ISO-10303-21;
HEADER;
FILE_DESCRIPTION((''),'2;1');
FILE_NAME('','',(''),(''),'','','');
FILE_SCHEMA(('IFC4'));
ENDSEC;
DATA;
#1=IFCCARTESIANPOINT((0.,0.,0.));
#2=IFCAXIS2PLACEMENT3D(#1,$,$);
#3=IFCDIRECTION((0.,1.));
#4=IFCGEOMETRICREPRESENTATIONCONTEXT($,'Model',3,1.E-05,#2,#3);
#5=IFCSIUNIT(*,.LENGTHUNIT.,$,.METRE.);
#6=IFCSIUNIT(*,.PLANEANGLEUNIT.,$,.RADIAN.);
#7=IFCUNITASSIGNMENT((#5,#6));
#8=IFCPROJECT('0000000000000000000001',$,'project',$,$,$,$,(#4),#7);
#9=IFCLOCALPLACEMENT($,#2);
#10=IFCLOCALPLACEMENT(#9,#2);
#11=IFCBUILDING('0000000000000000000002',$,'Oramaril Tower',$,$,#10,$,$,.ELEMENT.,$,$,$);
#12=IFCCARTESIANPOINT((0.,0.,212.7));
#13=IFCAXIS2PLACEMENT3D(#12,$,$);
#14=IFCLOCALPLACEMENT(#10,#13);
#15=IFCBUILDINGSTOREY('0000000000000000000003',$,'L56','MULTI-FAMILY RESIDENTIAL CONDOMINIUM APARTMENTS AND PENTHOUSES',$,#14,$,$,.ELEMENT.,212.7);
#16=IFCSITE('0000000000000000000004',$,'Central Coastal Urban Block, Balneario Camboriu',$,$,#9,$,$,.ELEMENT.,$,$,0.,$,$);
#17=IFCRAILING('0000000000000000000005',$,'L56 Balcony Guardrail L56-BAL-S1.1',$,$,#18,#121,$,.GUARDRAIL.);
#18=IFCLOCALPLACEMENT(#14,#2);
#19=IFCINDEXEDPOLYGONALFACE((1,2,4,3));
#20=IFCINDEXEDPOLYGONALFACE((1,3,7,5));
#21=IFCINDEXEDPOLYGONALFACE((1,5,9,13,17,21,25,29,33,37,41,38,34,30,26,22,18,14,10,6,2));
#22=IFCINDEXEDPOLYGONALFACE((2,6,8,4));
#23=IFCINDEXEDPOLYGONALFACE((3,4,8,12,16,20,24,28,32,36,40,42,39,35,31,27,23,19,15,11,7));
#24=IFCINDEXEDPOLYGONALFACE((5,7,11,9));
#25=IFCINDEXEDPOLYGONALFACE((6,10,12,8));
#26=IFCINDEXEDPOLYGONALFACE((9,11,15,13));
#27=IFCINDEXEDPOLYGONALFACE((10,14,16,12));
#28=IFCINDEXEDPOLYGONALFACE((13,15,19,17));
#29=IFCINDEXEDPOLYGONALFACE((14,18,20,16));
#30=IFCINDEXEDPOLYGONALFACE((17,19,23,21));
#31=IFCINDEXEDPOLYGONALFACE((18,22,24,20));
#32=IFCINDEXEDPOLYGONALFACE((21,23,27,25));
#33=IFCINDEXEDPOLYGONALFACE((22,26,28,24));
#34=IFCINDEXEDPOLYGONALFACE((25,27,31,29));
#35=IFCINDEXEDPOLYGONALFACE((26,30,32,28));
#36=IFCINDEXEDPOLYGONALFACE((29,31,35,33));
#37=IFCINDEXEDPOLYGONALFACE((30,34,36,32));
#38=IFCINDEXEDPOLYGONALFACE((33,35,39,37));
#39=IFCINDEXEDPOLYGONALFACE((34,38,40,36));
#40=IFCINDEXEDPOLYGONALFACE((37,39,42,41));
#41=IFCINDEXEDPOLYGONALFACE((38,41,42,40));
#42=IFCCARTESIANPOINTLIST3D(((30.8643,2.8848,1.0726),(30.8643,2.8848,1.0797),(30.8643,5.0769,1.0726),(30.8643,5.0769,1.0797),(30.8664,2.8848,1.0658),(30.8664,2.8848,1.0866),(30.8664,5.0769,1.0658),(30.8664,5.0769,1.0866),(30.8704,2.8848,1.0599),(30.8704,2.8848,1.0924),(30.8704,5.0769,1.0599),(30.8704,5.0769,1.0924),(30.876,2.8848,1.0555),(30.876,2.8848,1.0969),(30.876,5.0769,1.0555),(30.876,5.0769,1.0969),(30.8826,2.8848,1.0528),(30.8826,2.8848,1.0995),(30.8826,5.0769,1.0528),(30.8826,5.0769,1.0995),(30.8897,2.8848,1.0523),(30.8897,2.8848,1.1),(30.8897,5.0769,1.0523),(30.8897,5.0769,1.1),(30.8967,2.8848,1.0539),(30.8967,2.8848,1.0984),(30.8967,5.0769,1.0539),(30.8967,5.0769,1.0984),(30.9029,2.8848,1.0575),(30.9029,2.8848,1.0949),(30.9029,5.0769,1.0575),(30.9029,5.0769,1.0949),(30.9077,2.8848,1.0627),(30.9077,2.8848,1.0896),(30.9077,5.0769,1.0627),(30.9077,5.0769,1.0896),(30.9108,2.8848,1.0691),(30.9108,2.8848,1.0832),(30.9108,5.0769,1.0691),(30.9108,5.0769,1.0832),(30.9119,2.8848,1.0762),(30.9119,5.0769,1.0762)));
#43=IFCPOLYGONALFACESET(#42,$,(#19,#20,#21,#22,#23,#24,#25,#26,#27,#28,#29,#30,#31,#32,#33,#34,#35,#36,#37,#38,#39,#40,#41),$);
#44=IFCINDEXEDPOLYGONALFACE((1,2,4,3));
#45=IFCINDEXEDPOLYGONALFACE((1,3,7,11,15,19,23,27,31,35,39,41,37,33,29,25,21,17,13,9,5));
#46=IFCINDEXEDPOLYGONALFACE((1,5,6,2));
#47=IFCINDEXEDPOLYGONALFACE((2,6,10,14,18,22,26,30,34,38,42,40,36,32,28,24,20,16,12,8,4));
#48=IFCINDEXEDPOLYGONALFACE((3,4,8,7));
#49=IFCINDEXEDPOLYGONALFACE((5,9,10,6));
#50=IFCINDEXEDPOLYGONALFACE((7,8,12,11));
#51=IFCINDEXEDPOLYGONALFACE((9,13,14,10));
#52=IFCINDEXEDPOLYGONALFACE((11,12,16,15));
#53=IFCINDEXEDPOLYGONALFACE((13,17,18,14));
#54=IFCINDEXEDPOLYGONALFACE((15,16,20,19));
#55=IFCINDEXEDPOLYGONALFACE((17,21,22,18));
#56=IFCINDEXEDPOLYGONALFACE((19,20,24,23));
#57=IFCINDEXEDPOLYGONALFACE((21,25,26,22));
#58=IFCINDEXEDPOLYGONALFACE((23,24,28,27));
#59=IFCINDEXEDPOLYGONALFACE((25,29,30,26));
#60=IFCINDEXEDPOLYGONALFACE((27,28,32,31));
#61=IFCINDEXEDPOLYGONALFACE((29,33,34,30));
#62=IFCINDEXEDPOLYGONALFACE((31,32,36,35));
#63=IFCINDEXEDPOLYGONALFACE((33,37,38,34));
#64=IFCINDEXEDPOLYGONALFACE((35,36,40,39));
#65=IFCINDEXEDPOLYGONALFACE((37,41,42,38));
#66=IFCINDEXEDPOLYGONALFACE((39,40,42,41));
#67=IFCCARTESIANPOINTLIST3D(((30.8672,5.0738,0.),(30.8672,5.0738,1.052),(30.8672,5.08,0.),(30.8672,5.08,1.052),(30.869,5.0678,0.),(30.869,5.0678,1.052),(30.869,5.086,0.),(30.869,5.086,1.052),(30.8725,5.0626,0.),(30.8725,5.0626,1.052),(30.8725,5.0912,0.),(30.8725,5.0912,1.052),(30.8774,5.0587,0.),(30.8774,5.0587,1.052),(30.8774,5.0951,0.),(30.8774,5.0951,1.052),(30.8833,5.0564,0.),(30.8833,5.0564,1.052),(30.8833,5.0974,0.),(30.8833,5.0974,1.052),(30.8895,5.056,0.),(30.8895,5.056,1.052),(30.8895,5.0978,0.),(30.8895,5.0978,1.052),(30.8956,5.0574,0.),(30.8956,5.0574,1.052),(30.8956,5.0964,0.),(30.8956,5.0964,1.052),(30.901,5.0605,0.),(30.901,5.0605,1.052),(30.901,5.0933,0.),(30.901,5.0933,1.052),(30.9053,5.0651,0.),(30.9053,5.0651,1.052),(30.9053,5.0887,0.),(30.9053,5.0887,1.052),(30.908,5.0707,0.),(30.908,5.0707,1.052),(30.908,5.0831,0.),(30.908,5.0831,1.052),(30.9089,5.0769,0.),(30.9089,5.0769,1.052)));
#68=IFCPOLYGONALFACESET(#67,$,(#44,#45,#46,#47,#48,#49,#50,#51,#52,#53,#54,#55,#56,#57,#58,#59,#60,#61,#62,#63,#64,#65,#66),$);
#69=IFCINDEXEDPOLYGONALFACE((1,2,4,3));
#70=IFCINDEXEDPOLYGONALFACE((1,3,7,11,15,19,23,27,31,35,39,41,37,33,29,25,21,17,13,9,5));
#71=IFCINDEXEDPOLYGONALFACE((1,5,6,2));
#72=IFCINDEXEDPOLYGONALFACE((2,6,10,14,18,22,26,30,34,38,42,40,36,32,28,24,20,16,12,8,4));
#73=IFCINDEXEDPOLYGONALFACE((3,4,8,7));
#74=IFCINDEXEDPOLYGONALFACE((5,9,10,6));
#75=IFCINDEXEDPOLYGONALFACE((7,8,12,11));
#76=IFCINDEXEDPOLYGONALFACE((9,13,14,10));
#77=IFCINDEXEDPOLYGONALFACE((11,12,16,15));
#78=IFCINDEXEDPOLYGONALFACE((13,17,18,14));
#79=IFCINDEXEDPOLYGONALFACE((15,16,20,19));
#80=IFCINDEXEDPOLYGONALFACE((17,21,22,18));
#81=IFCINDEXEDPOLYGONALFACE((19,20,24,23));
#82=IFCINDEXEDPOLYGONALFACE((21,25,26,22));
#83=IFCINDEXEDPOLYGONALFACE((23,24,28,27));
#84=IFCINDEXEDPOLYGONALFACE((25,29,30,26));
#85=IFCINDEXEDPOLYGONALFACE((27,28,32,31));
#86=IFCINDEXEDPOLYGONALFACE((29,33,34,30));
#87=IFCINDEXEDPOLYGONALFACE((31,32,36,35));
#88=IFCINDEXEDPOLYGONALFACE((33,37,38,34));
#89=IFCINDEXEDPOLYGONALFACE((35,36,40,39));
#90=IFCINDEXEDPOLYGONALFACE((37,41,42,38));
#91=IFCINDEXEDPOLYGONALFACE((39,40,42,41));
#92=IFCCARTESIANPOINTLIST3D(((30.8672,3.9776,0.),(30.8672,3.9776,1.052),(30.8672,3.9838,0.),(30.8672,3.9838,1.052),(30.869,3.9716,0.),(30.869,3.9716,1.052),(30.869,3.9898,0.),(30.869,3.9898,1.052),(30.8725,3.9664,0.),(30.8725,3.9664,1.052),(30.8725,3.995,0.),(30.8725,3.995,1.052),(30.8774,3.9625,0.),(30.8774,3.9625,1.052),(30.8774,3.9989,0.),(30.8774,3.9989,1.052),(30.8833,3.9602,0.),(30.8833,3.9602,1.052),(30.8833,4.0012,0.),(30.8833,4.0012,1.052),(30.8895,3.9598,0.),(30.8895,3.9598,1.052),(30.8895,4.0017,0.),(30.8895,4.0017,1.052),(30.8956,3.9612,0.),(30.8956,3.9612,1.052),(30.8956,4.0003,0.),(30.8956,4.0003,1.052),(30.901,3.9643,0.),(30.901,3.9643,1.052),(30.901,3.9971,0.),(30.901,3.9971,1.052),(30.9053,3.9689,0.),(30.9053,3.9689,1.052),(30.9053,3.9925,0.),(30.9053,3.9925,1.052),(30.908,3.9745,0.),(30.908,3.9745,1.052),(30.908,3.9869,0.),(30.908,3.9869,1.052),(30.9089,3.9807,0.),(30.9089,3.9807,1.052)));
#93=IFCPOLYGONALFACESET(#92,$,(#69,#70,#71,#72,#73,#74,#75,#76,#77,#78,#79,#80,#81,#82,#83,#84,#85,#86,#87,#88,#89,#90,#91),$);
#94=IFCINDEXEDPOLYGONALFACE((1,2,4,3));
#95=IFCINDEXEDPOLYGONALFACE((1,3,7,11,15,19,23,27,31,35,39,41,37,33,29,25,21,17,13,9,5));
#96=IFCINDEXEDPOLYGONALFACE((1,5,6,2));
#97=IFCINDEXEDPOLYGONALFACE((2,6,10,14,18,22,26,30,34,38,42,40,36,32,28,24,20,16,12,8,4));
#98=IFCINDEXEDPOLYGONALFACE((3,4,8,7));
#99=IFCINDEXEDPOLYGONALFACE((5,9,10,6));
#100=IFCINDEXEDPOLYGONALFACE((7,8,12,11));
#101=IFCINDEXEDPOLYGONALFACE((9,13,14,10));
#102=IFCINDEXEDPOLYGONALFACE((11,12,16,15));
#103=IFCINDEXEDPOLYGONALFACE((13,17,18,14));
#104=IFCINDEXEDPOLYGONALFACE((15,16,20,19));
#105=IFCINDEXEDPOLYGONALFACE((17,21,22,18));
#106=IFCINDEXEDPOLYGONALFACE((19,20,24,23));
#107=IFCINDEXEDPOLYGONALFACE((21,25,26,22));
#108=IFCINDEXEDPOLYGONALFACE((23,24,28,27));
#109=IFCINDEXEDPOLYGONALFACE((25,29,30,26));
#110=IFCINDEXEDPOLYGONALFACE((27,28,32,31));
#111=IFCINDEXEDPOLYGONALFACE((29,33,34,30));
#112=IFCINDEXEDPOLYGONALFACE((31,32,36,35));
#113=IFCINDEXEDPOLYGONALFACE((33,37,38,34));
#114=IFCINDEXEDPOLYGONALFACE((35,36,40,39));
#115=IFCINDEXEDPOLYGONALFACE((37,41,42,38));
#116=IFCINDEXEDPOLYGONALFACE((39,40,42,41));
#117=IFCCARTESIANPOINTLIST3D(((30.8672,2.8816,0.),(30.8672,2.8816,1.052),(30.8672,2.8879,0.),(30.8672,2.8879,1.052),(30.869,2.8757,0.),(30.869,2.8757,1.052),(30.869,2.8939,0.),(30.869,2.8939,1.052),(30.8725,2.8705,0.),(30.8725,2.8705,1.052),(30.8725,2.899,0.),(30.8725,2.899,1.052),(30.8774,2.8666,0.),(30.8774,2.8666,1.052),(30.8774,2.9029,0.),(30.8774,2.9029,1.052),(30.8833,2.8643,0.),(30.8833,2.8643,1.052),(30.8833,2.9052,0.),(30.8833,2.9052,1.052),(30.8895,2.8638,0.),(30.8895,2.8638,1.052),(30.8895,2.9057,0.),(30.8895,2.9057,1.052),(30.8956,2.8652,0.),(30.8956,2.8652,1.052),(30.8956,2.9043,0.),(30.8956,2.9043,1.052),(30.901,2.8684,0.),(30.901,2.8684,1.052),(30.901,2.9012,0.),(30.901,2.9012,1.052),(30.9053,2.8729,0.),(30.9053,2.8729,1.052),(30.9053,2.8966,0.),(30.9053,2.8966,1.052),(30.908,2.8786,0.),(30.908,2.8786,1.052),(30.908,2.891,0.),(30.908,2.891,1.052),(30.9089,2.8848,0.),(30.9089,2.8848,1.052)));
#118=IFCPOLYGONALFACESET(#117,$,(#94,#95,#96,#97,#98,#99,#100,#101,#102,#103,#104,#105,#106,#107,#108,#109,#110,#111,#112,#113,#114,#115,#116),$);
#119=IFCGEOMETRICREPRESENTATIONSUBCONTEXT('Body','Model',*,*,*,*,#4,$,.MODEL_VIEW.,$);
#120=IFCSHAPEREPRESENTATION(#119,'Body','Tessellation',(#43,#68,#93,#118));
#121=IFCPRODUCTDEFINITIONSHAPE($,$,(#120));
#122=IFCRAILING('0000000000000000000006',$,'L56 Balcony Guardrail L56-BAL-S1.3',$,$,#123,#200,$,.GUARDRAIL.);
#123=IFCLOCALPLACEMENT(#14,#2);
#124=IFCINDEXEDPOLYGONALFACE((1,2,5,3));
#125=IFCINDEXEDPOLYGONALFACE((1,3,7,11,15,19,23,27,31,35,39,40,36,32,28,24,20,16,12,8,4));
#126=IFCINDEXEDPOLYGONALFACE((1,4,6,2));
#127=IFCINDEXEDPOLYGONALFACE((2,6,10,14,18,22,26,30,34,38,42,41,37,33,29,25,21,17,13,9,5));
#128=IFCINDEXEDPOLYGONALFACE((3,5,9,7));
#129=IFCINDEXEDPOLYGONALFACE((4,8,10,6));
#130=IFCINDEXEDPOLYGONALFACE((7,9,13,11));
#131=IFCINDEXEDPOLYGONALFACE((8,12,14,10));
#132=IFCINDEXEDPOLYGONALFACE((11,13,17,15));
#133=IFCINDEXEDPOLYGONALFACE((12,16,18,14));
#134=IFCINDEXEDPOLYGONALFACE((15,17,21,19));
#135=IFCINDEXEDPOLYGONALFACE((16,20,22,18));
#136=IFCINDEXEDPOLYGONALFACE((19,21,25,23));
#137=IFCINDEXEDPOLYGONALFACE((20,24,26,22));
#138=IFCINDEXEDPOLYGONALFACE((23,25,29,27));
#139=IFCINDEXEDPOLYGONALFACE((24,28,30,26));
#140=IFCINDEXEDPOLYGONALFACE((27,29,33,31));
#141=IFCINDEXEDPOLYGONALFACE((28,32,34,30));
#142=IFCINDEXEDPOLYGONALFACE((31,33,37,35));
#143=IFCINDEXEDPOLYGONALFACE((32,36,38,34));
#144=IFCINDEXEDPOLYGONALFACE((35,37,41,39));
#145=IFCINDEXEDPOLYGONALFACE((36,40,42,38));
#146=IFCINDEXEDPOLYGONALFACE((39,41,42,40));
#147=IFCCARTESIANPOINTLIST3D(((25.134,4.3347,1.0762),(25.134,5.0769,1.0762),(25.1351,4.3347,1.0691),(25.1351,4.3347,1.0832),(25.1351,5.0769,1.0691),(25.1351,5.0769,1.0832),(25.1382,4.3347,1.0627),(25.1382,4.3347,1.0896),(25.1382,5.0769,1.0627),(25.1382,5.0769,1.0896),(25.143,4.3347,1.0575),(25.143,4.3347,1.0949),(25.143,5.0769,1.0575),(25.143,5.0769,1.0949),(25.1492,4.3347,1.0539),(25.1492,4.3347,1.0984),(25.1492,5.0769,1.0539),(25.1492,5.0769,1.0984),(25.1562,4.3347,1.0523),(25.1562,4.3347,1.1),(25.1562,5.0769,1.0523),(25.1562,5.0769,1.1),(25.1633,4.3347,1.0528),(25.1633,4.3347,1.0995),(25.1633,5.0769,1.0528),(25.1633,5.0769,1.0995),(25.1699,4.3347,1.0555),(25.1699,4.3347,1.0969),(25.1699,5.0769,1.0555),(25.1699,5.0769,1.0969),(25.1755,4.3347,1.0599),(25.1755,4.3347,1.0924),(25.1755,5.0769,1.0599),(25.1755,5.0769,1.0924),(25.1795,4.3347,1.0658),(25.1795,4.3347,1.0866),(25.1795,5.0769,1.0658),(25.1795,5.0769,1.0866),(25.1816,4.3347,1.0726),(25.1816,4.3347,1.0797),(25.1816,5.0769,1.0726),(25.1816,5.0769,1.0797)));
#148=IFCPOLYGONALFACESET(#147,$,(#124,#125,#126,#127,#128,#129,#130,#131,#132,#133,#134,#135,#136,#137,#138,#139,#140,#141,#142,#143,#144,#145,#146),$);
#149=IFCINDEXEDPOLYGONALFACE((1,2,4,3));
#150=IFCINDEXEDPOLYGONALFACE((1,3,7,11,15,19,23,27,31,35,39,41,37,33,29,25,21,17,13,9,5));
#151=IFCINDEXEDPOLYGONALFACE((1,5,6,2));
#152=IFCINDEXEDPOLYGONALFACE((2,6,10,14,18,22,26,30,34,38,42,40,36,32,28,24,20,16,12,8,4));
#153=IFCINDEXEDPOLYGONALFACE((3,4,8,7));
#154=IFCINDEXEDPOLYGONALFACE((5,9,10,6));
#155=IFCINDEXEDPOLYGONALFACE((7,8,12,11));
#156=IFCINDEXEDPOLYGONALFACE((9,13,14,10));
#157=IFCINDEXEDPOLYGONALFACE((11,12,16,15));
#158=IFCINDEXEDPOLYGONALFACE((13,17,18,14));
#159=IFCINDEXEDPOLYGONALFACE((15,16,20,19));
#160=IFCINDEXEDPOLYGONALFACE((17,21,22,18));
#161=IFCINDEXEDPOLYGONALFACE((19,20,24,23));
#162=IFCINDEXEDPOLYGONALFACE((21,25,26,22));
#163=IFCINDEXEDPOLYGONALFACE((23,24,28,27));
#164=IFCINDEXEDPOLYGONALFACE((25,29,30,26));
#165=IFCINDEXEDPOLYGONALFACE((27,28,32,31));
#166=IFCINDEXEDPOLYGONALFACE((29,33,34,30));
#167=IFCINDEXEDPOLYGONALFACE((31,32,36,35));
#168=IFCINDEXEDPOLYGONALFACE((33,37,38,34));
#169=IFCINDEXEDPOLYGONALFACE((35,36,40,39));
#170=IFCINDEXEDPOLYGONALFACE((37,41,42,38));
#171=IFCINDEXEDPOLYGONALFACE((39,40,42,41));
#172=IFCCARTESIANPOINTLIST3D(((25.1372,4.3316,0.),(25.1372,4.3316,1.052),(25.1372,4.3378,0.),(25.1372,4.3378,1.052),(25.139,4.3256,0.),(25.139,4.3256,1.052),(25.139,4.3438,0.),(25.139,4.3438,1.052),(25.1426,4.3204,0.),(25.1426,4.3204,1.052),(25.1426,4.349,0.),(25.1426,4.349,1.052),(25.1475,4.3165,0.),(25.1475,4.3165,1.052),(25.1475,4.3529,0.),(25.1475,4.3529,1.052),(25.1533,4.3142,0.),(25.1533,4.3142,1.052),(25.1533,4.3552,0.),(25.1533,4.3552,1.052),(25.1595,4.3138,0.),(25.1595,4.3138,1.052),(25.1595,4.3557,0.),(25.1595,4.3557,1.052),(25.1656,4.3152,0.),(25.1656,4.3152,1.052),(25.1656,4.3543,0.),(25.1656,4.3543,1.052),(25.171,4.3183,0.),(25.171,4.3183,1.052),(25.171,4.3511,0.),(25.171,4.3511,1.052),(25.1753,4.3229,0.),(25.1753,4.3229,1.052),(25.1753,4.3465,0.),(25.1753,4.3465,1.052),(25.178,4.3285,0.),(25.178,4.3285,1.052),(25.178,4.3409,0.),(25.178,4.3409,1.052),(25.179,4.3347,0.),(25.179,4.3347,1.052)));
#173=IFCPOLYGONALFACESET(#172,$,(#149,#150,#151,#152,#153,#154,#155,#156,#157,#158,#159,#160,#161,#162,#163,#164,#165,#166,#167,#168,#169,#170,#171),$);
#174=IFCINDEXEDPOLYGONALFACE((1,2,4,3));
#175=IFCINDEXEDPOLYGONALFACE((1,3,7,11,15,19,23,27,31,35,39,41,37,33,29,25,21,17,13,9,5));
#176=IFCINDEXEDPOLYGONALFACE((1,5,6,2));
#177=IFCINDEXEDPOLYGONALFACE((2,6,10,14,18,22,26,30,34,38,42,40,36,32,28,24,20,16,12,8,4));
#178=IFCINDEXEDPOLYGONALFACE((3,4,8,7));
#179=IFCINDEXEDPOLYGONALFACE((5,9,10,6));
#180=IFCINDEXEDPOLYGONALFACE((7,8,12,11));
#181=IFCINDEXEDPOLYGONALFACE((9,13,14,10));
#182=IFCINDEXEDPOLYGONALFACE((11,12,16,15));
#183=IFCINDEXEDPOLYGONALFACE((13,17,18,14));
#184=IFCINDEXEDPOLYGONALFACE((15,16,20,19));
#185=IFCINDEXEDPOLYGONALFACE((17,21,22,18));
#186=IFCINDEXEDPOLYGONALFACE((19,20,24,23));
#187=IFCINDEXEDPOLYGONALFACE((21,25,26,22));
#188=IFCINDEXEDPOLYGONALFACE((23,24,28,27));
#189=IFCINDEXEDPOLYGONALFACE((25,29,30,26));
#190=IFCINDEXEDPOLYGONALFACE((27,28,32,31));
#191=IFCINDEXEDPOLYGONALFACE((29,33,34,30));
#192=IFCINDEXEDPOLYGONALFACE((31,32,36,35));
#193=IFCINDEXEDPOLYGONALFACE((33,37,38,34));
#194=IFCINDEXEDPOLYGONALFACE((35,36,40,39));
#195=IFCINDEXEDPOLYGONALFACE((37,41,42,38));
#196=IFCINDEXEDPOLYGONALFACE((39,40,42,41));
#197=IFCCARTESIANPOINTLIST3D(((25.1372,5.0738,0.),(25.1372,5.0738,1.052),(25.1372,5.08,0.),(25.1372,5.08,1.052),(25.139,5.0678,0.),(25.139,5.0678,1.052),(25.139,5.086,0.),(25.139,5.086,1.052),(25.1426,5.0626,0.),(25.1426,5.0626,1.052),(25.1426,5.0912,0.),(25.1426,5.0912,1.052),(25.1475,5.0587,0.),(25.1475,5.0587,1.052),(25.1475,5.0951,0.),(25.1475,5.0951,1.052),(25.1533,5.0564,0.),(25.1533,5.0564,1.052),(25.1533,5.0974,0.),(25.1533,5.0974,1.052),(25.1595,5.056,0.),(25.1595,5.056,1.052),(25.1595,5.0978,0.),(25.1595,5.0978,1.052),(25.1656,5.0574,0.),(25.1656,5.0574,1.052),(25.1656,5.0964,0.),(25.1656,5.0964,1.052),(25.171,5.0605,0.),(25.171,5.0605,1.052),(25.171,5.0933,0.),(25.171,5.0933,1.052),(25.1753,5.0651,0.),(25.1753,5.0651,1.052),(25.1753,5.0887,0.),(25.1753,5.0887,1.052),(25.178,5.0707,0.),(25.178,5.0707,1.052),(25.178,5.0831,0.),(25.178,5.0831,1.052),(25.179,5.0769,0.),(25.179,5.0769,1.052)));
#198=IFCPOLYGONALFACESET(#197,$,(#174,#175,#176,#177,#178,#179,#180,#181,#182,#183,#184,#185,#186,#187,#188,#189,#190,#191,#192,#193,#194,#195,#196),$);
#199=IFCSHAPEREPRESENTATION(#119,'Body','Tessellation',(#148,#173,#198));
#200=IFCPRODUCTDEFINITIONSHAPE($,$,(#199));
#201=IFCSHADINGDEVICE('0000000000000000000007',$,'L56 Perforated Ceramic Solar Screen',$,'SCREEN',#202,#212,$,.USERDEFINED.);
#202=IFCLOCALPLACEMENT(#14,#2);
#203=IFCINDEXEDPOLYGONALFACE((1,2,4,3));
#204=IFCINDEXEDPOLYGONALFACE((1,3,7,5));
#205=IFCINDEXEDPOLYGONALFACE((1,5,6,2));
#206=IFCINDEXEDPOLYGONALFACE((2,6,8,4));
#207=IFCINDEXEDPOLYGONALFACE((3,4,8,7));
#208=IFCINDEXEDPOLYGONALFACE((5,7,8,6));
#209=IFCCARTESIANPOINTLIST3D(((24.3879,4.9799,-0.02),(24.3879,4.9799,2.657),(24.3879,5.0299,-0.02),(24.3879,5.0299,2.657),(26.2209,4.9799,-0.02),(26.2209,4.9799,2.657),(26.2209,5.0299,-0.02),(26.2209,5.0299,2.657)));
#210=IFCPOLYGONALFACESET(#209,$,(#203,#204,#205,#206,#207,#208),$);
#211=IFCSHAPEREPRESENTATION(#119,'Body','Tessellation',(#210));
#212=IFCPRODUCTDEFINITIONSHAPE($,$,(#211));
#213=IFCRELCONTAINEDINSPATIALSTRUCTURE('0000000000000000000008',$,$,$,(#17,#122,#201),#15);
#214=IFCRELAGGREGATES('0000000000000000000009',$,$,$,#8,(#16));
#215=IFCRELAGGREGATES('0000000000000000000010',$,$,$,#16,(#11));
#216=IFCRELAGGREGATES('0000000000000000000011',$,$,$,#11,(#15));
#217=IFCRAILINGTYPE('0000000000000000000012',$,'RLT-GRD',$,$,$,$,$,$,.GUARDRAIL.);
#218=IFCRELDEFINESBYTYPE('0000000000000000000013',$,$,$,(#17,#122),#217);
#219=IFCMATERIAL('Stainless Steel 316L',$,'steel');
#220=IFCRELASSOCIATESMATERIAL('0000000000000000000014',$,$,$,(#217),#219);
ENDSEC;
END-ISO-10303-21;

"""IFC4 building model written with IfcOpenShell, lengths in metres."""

from ifc_helpers import new_model, si_unit, direction, frame, origin, origin_2d, place, context, subcontext, project, spatial, rectangle, circle, extrude, material, type_object, element, save


model = new_model("IFC4")

# Units and contexts
model_context = context("Model", 3, precision=1e-05, world=origin(), true_north=direction((0.0, 1.0)))
body_context = subcontext(model_context, "Body", "Model", "MODEL_VIEW")
ifc_project = project(units=[si_unit("LENGTHUNIT", "METRE"), si_unit("PLANEANGLEUNIT", "RADIAN")], contexts=[model_context])

# Site, building, storey
site_placement = place(None, origin())
site = spatial("IfcSite", under=ifc_project, at=site_placement, Name="Central Coastal Urban Block, Balneario Camboriu", CompositionType="ELEMENT", RefElevation=0.0)
building_placement = place(site_placement, origin())
building = spatial("IfcBuilding", under=site, at=building_placement, Name="Oramaril Tower", CompositionType="ELEMENT")
storey_placement = place(building_placement, frame((0.0, 0.0, 212.7)))
storey = spatial("IfcBuildingStorey", under=building, at=storey_placement, Name="L56", Description="MULTI-FAMILY RESIDENTIAL CONDOMINIUM APARTMENTS AND PENTHOUSES", CompositionType="ELEMENT", Elevation=212.7)

# Railings
ifc_material_1 = material(Name="Stainless Steel 316L", Category="steel")
railing_type = type_object("IfcRailingType", Name="RLT-GRD", PredefinedType="GUARDRAIL", material=ifc_material_1)
railing_1_placement = place(storey_placement, frame((30.8879, 5.0769, 0.0)))
element("IfcRailing", 1, at=railing_1_placement, inside=storey, type_object=railing_type, Name="L56 Balcony Guardrail L56-BAL-S1.1", PredefinedType="GUARDRAIL", context=body_context, shape_type="SweptSolid", body=[
    extrude(circle(Radius=0.0239, at=origin_2d()), frame((0.0, 0.0, 1.0762), z_axis=(0.0, -1.0, 0.0), x_axis=(1.0, 0.0, 0.0)), (0.0, 0.0, 1.0), 2.1921),
    extrude(circle(Radius=0.021, at=origin_2d()), origin(), (0.0, 0.0, 1.0), 1.052),
    extrude(circle(Radius=0.021, at=origin_2d()), frame((0.0, -1.0962, 0.0)), (0.0, 0.0, 1.0), 1.052),
    extrude(circle(Radius=0.021, at=origin_2d()), frame((0.0, -2.1921, 0.0)), (0.0, 0.0, 1.0), 1.052),
])
railing_2_placement = place(storey_placement, frame((25.158, 4.3347, 0.0)))
element("IfcRailing", 2, at=railing_2_placement, inside=storey, type_object=railing_type, Name="L56 Balcony Guardrail L56-BAL-S1.3", PredefinedType="GUARDRAIL", context=body_context, shape_type="SweptSolid", body=[
    extrude(circle(Radius=0.0239, at=origin_2d()), frame((0.0, 0.0, 1.0762), z_axis=(0.0, 1.0, 0.0), x_axis=(-1.0, 0.0, 0.0)), (0.0, 0.0, 1.0), 0.7422),
    extrude(circle(Radius=0.021, at=origin_2d()), origin(), (0.0, 0.0, 1.0), 1.052),
    extrude(circle(Radius=0.021, at=origin_2d()), frame((0.0, 0.7422, 0.0)), (0.0, 0.0, 1.0), 1.052),
])

# Shading device
for number, where, z_axis, x_axis, name in (
    (3, (25.3044, 5.0049, -0.02), (0.0, 0.0, 1.0), (1.0, 0.0, 0.0), "L56 Perforated Ceramic Solar Screen"),
):
    element("IfcShadingDevice", number, at=place(storey_placement, frame(where, z_axis=z_axis, x_axis=x_axis)), inside=storey, Name=name, ObjectType="SCREEN", PredefinedType="USERDEFINED", context=body_context, shape_type="SweptSolid", body=[
        extrude(rectangle(XDim=1.833, YDim=0.05, at=origin_2d()), origin(), (0.0, 0.0, 1.0), 2.677),
    ])

save(model, "model.ifc")
